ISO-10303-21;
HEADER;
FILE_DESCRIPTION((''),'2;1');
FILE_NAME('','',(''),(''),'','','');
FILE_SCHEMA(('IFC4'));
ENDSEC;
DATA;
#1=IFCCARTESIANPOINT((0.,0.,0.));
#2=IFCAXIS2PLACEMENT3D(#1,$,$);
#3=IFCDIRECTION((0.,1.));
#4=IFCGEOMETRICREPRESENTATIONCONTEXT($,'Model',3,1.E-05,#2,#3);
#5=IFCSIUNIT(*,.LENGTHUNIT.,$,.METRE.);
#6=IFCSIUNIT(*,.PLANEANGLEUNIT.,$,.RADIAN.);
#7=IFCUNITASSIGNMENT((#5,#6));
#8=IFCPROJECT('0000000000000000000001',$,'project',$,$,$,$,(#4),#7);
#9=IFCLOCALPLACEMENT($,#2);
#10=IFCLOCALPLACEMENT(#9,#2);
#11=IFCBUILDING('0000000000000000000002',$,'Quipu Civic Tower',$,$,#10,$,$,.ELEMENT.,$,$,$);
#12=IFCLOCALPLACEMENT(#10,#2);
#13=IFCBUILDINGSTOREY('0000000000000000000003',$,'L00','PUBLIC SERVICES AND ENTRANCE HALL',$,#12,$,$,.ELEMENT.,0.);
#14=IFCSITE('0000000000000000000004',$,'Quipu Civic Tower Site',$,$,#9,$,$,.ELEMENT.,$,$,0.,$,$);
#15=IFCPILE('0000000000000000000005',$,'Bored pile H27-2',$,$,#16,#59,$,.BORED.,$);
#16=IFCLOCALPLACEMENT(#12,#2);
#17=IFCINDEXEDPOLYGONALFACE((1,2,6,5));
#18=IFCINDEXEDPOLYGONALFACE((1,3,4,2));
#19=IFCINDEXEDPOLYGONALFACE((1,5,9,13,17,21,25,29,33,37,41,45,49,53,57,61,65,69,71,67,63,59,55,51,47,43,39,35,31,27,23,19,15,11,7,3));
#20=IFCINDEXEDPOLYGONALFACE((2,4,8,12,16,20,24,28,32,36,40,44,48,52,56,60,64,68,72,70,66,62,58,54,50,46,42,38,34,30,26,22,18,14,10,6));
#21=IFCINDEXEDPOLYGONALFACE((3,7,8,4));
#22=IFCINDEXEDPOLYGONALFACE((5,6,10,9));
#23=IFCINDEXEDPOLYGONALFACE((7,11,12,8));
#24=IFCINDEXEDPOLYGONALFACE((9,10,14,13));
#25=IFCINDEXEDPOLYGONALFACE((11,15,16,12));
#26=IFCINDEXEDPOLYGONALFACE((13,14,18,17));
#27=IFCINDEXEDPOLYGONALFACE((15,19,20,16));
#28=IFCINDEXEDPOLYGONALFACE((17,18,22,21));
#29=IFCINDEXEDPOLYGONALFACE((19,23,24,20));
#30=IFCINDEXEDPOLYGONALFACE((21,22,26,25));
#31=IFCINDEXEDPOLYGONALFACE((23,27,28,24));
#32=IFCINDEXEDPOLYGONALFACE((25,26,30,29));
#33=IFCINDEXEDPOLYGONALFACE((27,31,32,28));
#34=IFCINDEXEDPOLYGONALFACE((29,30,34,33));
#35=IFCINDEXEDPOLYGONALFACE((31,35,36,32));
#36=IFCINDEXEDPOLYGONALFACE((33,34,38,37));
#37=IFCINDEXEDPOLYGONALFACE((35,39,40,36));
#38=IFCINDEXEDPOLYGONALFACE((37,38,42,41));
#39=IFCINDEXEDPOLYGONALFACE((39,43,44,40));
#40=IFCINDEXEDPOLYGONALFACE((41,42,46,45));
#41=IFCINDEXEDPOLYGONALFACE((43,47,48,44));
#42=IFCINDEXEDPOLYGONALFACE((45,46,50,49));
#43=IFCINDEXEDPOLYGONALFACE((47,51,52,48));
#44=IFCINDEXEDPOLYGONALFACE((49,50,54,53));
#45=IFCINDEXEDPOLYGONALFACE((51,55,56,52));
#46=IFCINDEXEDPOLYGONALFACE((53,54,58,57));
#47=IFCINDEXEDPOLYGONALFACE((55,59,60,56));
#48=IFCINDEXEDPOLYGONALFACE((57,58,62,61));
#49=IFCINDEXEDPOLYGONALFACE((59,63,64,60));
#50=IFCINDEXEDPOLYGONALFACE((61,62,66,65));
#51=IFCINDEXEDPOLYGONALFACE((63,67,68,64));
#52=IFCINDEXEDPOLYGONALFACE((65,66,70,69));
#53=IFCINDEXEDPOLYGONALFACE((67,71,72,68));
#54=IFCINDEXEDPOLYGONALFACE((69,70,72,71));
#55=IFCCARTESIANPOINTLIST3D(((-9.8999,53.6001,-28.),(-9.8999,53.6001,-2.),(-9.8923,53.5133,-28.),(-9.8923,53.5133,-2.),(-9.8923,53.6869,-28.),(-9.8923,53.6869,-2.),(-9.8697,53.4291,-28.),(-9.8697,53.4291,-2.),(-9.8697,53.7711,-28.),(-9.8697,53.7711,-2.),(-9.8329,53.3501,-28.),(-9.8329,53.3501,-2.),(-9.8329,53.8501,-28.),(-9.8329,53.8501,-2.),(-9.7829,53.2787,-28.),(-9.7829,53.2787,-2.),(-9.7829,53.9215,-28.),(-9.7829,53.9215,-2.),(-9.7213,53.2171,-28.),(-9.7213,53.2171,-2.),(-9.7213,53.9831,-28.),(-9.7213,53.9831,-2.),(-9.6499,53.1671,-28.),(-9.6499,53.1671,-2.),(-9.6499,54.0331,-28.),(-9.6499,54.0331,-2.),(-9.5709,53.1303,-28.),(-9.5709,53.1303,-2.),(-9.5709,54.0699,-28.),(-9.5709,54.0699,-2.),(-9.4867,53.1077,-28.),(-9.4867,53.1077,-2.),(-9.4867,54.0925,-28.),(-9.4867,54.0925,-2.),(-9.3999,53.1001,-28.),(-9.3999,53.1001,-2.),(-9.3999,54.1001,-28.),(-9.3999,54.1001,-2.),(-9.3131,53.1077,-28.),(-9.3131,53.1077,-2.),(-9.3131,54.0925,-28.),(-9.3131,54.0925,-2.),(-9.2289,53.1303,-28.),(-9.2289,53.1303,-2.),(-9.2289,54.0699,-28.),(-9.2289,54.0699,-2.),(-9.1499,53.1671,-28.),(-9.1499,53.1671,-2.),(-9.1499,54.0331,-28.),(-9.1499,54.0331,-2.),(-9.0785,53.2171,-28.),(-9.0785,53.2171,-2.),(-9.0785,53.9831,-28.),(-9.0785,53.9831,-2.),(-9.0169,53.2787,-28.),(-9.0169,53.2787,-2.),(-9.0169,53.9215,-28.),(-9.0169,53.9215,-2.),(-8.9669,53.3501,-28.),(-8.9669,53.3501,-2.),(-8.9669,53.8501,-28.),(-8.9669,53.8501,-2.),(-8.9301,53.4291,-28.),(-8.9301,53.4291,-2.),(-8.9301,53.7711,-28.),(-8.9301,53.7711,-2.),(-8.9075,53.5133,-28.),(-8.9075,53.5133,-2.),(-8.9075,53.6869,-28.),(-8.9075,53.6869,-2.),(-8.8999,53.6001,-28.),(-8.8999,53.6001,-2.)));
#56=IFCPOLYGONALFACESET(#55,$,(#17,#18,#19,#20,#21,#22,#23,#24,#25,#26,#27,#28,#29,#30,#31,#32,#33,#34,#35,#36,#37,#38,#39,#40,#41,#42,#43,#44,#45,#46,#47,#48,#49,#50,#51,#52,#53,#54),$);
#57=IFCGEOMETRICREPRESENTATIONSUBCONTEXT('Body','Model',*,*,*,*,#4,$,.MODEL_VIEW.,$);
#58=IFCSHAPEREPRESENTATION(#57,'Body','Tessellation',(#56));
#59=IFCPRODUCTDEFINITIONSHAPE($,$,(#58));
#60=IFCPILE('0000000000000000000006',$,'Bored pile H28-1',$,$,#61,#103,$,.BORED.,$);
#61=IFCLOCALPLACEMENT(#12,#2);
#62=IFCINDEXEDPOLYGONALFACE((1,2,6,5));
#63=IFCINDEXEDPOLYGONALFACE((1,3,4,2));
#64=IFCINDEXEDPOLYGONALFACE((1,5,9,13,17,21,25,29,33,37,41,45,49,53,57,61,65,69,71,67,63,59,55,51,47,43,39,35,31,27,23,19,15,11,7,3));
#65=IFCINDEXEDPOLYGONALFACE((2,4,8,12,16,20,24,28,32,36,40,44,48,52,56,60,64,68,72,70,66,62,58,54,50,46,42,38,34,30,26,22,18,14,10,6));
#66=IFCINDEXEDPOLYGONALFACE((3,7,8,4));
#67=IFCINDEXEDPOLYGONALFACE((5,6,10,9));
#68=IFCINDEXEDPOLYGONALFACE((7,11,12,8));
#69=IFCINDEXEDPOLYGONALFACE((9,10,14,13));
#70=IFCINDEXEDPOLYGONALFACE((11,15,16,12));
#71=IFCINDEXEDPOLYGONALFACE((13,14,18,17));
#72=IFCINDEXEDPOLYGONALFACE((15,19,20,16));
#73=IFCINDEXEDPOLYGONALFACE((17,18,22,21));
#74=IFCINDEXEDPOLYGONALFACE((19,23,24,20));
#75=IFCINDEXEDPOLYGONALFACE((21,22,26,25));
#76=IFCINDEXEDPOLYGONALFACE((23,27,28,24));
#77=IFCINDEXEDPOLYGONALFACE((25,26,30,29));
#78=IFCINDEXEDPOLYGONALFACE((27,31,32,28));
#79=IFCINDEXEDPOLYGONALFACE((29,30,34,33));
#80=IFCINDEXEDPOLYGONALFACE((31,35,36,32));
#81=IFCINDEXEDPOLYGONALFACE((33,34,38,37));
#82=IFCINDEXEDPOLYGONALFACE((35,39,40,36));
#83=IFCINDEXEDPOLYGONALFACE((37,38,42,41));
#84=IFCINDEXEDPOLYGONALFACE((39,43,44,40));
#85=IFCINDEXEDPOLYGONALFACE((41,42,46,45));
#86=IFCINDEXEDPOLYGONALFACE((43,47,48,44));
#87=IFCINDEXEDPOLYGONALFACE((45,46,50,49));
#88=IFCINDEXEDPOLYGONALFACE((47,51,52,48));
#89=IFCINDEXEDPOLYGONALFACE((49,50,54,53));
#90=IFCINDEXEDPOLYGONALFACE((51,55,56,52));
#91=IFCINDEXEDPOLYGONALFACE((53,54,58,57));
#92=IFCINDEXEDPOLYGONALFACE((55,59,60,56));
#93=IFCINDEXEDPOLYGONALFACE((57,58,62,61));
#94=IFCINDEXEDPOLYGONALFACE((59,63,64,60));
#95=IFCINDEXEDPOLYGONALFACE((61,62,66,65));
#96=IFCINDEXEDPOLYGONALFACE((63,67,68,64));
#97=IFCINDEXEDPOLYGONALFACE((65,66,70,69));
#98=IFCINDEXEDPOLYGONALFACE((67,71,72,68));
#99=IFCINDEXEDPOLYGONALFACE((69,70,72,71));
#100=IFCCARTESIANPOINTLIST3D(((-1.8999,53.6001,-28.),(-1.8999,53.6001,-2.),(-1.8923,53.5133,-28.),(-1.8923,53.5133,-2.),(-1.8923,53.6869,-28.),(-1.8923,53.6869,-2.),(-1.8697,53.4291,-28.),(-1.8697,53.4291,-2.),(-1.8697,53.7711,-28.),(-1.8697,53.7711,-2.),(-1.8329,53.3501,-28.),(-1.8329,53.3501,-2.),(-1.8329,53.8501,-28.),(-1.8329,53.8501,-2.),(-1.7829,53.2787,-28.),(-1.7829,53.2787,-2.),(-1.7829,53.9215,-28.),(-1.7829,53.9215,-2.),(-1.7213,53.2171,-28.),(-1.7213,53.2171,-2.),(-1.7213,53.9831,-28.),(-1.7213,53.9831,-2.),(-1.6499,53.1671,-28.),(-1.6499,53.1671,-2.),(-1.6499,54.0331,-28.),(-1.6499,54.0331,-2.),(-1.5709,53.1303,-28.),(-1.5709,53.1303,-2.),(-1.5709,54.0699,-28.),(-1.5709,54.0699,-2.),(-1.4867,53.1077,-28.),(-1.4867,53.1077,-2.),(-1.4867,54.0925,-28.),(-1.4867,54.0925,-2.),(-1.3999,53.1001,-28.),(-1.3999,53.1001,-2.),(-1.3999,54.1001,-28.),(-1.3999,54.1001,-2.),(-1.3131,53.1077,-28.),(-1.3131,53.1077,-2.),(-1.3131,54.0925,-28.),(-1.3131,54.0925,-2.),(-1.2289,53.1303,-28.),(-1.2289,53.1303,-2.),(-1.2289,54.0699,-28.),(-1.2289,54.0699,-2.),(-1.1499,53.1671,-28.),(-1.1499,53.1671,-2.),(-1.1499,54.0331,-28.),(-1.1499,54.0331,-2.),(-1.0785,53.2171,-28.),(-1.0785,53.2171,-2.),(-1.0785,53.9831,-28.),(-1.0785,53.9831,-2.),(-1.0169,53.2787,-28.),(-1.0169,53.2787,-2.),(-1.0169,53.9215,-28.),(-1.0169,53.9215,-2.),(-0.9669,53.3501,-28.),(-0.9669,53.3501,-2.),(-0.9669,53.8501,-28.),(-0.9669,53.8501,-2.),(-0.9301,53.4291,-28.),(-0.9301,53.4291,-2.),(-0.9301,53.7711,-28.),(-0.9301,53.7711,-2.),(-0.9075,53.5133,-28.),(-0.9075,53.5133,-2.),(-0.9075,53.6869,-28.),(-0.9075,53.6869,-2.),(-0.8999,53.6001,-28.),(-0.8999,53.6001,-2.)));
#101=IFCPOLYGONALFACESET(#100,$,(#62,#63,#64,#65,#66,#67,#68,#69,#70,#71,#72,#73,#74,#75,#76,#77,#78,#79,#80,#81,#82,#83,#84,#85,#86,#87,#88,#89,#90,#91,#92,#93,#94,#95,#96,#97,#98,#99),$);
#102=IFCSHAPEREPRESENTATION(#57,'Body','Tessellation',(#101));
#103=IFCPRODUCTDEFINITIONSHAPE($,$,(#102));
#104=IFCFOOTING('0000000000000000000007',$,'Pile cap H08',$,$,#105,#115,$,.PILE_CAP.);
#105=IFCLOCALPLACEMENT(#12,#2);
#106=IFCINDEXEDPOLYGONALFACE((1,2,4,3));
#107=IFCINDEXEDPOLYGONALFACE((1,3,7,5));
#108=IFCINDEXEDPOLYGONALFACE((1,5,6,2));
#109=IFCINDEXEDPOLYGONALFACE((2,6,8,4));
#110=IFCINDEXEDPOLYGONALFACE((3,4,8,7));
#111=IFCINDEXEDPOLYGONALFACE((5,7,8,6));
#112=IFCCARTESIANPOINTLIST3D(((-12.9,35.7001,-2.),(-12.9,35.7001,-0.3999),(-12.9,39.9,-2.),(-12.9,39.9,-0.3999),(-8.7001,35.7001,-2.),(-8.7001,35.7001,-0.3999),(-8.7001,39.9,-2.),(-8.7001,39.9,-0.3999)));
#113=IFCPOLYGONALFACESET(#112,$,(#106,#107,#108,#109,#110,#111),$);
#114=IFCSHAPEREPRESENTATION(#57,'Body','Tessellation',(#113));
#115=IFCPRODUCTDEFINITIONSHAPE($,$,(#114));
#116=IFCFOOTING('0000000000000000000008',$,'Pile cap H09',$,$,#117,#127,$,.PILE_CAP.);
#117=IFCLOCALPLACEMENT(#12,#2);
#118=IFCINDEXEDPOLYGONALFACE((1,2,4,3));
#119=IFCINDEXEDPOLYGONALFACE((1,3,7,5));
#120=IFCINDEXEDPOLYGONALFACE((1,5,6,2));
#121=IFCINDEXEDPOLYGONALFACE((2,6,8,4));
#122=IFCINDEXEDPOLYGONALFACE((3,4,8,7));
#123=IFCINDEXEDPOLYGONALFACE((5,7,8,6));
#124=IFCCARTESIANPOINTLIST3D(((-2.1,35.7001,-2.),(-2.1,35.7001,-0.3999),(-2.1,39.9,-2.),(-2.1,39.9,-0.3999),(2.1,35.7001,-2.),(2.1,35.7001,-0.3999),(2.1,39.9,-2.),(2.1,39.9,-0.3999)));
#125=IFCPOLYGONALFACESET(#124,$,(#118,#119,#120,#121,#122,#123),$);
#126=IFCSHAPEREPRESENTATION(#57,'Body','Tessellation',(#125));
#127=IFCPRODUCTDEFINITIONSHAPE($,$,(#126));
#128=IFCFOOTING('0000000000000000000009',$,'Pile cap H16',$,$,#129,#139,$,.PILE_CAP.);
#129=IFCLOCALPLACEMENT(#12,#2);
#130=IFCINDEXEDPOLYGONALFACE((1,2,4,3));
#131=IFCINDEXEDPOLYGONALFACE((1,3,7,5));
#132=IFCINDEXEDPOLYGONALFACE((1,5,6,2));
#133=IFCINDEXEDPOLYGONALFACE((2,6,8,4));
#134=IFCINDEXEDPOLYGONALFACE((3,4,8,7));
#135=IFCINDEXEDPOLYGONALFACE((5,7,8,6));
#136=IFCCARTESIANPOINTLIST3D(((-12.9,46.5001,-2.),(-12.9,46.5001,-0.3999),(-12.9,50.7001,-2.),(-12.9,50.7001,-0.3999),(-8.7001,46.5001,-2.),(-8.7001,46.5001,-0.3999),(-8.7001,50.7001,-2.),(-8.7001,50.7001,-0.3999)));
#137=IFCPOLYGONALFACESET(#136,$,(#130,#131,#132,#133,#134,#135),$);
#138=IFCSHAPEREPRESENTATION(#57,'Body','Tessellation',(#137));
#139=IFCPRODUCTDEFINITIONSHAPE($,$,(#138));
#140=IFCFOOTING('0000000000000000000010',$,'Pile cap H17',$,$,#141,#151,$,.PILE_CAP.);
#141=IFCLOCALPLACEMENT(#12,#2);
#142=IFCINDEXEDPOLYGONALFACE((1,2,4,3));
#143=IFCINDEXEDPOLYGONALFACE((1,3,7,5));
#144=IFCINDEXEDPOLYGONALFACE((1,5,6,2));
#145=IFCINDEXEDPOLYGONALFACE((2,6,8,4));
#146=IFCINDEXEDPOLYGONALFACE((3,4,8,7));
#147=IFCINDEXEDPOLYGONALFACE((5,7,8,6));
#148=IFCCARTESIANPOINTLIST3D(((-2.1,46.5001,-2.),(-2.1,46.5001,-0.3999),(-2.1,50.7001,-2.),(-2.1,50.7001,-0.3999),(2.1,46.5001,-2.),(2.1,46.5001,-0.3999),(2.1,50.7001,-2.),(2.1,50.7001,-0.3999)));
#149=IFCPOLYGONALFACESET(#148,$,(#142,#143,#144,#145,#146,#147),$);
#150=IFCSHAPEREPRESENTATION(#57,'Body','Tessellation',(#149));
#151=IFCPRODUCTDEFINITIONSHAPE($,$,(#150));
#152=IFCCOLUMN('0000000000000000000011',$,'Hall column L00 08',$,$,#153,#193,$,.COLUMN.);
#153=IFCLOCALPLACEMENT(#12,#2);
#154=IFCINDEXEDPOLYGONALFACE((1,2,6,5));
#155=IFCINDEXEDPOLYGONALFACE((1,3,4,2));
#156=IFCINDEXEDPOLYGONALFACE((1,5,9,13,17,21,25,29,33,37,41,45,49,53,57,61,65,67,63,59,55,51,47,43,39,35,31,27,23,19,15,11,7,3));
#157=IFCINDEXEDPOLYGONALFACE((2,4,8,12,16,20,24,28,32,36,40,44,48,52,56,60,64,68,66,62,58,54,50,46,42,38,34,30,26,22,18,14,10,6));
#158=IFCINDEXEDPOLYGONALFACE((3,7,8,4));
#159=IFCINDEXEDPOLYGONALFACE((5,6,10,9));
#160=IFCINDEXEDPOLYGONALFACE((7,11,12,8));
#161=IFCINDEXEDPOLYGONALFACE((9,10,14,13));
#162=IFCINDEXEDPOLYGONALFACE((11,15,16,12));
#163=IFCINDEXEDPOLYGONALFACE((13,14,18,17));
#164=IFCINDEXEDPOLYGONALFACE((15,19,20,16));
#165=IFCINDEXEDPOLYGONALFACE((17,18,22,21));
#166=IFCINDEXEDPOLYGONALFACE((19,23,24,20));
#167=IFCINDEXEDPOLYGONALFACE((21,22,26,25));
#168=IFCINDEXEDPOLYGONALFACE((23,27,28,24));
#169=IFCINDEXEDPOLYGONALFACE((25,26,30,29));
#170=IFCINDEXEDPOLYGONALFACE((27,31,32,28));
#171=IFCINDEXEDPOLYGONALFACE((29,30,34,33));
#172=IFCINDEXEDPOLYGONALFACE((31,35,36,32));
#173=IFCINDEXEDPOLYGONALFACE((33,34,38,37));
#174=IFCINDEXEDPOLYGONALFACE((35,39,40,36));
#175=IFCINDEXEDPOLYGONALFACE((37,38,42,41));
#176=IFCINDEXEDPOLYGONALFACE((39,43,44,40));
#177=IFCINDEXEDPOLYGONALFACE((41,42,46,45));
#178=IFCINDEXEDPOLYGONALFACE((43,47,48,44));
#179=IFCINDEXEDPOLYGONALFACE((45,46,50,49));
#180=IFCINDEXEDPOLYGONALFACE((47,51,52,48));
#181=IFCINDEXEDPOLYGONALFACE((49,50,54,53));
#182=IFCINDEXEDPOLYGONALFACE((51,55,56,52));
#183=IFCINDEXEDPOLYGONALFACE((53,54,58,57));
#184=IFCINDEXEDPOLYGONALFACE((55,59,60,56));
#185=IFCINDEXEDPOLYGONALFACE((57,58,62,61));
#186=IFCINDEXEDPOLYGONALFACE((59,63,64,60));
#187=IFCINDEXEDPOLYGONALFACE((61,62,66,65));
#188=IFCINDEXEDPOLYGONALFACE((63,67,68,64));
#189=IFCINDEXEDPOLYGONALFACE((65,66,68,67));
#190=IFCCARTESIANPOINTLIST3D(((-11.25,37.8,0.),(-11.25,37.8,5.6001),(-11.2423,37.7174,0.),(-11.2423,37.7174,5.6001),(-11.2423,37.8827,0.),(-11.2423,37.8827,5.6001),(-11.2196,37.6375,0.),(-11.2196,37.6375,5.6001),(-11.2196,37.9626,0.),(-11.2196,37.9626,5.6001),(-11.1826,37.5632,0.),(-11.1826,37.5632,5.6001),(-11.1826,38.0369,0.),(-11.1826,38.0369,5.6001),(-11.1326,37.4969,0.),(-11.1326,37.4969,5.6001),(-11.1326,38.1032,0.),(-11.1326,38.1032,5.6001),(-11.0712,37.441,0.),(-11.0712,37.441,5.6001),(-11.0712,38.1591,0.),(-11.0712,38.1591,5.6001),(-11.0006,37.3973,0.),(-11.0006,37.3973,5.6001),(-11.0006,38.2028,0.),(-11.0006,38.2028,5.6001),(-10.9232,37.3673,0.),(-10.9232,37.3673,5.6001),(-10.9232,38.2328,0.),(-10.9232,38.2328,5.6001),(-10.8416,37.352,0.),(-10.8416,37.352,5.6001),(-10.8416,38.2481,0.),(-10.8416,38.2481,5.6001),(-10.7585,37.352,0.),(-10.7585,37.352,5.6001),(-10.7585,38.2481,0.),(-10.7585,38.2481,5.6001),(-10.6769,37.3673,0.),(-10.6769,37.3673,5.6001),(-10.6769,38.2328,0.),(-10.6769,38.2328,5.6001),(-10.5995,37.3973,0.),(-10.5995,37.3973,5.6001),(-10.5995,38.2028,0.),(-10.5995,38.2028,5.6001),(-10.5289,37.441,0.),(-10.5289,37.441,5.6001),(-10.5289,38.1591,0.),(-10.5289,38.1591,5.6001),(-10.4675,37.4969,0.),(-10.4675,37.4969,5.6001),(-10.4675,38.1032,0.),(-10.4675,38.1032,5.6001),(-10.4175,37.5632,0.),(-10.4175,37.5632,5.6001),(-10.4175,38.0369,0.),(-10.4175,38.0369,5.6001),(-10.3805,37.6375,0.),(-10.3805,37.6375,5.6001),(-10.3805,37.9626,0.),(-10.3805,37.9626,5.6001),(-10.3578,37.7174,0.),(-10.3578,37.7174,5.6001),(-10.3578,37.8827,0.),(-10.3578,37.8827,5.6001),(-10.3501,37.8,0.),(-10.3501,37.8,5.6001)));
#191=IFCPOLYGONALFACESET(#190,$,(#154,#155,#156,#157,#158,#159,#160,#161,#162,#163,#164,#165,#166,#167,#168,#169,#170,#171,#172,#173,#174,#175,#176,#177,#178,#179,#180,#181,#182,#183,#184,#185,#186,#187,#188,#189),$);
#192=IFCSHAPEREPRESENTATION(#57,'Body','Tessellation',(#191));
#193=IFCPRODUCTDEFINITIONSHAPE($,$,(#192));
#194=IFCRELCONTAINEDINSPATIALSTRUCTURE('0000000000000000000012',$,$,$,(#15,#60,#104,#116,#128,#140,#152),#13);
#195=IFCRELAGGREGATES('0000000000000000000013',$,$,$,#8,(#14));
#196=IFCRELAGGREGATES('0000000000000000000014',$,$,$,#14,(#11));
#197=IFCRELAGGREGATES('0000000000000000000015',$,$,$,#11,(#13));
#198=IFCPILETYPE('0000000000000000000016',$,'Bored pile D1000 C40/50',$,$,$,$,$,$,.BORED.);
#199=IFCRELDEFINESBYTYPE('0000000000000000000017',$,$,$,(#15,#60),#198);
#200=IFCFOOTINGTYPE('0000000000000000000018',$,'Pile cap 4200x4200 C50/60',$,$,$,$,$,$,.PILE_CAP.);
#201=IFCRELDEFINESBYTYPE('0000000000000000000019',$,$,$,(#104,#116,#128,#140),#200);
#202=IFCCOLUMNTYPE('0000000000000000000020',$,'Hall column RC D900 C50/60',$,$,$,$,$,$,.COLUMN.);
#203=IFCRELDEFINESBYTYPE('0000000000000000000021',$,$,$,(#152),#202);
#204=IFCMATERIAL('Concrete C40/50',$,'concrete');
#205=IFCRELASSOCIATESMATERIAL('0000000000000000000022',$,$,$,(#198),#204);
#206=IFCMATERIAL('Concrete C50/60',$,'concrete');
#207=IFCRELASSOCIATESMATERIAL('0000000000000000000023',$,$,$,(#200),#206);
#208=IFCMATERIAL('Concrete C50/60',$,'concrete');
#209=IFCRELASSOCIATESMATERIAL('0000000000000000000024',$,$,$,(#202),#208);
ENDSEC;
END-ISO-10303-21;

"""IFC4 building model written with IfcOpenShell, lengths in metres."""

from ifc_helpers import new_model, si_unit, direction, frame, origin, origin_2d, place, context, subcontext, project, spatial, rectangle, circle, extrude, material, material_profile, profile_set, type_object, element, save


model = new_model("IFC4")

# Units and contexts
model_context = context("Model", 3, precision=1e-05, world=origin(), true_north=direction((0.0, 1.0)))
body_context = subcontext(model_context, "Body", "Model", "MODEL_VIEW")
ifc_project = project(units=[si_unit("LENGTHUNIT", "METRE"), si_unit("PLANEANGLEUNIT", "RADIAN")], contexts=[model_context])

# Site, building, storey
site_placement = place(None, origin())
site = spatial("IfcSite", under=ifc_project, at=site_placement, Name="Quipu Civic Tower Site", CompositionType="ELEMENT", RefElevation=0.0)
building_placement = place(site_placement, origin())
building = spatial("IfcBuilding", under=site, at=building_placement, Name="Quipu Civic Tower", CompositionType="ELEMENT")
storey_placement = place(building_placement, origin())
storey = spatial("IfcBuildingStorey", under=building, at=storey_placement, Name="L00", Description="PUBLIC SERVICES AND ENTRANCE HALL", CompositionType="ELEMENT", Elevation=0.0)

# Piles
ifc_material_1 = material(Name="Concrete C40/50", Category="concrete")
ifc_material_profile_1 = material_profile(ifc_material_1, circle(Radius=0.5, at=origin_2d()), Name="RCD1000")
ifc_profile_set_1 = profile_set([ifc_material_profile_1], Name="Concrete C40/50")
pile_type = type_object("IfcPileType", Name="Bored pile D1000 C40/50", PredefinedType="BORED", material=ifc_profile_set_1)
for number, where, z_axis, x_axis, name in (
    (1, (-9.3999, 53.6001, -2.0), (0.0, 0.0, -1.0), (1.0, 0.0, 0.0), "Bored pile H27-2"),
    (2, (-1.3999, 53.6001, -2.0), (0.0, 0.0, -1.0), (1.0, 0.0, 0.0), "Bored pile H28-1"),
):
    element("IfcPile", number, at=place(storey_placement, frame(where, z_axis=z_axis, x_axis=x_axis)), inside=storey, type_object=pile_type, Name=name, PredefinedType="BORED", context=body_context, shape_type="SweptSolid", body=[
        extrude(circle(Radius=0.5, at=origin_2d()), origin(), (0.0, 0.0, 1.0), 26.0),
    ])

# Footings
ifc_material_2 = material(Name="Concrete C50/60", Category="concrete")
footing_type = type_object("IfcFootingType", Name="Pile cap 4200x4200 C50/60", PredefinedType="PILE_CAP", material=ifc_material_2)
for number, where, z_axis, x_axis, name in (
    (3, (-10.8, 37.8, -2.0), (0.0, 0.0, 1.0), (1.0, 0.0, 0.0), "Pile cap H08"),
    (4, (0.0, 37.8, -2.0), (0.0, 0.0, 1.0), (1.0, 0.0, 0.0), "Pile cap H09"),
    (5, (-10.8, 48.6001, -2.0), (0.0, 0.0, 1.0), (1.0, 0.0, 0.0), "Pile cap H16"),
    (6, (0.0, 48.6001, -2.0), (0.0, 0.0, 1.0), (1.0, 0.0, 0.0), "Pile cap H17"),
):
    element("IfcFooting", number, at=place(storey_placement, frame(where, z_axis=z_axis, x_axis=x_axis)), inside=storey, type_object=footing_type, Name=name, PredefinedType="PILE_CAP", context=body_context, shape_type="SweptSolid", body=[
        extrude(rectangle(XDim=4.2, YDim=4.2, at=origin_2d()), origin(), (0.0, 0.0, 1.0), 1.6001),
    ])

# Column
ifc_material_3 = material(Name="Concrete C50/60", Category="concrete")
ifc_material_profile_2 = material_profile(ifc_material_3, circle(Radius=0.45, at=origin_2d()), Name="RCD900")
ifc_profile_set_2 = profile_set([ifc_material_profile_2], Name="Concrete C50/60")
column_type = type_object("IfcColumnType", Name="Hall column RC D900 C50/60", PredefinedType="COLUMN", material=ifc_profile_set_2)
for number, where, z_axis, x_axis, name in (
    (7, (-10.8, 37.8, 0.0), (0.0, 0.0, 1.0), (1.0, 0.0, 0.0), "Hall column L00 08"),
):
    element("IfcColumn", number, at=place(storey_placement, frame(where, z_axis=z_axis, x_axis=x_axis)), inside=storey, type_object=column_type, Name=name, PredefinedType="COLUMN", context=body_context, shape_type="SweptSolid", body=[
        extrude(circle(Radius=0.45, at=origin_2d()), origin(), (0.0, 0.0, 1.0), 5.6001),
    ])

save(model, "model.ifc")
